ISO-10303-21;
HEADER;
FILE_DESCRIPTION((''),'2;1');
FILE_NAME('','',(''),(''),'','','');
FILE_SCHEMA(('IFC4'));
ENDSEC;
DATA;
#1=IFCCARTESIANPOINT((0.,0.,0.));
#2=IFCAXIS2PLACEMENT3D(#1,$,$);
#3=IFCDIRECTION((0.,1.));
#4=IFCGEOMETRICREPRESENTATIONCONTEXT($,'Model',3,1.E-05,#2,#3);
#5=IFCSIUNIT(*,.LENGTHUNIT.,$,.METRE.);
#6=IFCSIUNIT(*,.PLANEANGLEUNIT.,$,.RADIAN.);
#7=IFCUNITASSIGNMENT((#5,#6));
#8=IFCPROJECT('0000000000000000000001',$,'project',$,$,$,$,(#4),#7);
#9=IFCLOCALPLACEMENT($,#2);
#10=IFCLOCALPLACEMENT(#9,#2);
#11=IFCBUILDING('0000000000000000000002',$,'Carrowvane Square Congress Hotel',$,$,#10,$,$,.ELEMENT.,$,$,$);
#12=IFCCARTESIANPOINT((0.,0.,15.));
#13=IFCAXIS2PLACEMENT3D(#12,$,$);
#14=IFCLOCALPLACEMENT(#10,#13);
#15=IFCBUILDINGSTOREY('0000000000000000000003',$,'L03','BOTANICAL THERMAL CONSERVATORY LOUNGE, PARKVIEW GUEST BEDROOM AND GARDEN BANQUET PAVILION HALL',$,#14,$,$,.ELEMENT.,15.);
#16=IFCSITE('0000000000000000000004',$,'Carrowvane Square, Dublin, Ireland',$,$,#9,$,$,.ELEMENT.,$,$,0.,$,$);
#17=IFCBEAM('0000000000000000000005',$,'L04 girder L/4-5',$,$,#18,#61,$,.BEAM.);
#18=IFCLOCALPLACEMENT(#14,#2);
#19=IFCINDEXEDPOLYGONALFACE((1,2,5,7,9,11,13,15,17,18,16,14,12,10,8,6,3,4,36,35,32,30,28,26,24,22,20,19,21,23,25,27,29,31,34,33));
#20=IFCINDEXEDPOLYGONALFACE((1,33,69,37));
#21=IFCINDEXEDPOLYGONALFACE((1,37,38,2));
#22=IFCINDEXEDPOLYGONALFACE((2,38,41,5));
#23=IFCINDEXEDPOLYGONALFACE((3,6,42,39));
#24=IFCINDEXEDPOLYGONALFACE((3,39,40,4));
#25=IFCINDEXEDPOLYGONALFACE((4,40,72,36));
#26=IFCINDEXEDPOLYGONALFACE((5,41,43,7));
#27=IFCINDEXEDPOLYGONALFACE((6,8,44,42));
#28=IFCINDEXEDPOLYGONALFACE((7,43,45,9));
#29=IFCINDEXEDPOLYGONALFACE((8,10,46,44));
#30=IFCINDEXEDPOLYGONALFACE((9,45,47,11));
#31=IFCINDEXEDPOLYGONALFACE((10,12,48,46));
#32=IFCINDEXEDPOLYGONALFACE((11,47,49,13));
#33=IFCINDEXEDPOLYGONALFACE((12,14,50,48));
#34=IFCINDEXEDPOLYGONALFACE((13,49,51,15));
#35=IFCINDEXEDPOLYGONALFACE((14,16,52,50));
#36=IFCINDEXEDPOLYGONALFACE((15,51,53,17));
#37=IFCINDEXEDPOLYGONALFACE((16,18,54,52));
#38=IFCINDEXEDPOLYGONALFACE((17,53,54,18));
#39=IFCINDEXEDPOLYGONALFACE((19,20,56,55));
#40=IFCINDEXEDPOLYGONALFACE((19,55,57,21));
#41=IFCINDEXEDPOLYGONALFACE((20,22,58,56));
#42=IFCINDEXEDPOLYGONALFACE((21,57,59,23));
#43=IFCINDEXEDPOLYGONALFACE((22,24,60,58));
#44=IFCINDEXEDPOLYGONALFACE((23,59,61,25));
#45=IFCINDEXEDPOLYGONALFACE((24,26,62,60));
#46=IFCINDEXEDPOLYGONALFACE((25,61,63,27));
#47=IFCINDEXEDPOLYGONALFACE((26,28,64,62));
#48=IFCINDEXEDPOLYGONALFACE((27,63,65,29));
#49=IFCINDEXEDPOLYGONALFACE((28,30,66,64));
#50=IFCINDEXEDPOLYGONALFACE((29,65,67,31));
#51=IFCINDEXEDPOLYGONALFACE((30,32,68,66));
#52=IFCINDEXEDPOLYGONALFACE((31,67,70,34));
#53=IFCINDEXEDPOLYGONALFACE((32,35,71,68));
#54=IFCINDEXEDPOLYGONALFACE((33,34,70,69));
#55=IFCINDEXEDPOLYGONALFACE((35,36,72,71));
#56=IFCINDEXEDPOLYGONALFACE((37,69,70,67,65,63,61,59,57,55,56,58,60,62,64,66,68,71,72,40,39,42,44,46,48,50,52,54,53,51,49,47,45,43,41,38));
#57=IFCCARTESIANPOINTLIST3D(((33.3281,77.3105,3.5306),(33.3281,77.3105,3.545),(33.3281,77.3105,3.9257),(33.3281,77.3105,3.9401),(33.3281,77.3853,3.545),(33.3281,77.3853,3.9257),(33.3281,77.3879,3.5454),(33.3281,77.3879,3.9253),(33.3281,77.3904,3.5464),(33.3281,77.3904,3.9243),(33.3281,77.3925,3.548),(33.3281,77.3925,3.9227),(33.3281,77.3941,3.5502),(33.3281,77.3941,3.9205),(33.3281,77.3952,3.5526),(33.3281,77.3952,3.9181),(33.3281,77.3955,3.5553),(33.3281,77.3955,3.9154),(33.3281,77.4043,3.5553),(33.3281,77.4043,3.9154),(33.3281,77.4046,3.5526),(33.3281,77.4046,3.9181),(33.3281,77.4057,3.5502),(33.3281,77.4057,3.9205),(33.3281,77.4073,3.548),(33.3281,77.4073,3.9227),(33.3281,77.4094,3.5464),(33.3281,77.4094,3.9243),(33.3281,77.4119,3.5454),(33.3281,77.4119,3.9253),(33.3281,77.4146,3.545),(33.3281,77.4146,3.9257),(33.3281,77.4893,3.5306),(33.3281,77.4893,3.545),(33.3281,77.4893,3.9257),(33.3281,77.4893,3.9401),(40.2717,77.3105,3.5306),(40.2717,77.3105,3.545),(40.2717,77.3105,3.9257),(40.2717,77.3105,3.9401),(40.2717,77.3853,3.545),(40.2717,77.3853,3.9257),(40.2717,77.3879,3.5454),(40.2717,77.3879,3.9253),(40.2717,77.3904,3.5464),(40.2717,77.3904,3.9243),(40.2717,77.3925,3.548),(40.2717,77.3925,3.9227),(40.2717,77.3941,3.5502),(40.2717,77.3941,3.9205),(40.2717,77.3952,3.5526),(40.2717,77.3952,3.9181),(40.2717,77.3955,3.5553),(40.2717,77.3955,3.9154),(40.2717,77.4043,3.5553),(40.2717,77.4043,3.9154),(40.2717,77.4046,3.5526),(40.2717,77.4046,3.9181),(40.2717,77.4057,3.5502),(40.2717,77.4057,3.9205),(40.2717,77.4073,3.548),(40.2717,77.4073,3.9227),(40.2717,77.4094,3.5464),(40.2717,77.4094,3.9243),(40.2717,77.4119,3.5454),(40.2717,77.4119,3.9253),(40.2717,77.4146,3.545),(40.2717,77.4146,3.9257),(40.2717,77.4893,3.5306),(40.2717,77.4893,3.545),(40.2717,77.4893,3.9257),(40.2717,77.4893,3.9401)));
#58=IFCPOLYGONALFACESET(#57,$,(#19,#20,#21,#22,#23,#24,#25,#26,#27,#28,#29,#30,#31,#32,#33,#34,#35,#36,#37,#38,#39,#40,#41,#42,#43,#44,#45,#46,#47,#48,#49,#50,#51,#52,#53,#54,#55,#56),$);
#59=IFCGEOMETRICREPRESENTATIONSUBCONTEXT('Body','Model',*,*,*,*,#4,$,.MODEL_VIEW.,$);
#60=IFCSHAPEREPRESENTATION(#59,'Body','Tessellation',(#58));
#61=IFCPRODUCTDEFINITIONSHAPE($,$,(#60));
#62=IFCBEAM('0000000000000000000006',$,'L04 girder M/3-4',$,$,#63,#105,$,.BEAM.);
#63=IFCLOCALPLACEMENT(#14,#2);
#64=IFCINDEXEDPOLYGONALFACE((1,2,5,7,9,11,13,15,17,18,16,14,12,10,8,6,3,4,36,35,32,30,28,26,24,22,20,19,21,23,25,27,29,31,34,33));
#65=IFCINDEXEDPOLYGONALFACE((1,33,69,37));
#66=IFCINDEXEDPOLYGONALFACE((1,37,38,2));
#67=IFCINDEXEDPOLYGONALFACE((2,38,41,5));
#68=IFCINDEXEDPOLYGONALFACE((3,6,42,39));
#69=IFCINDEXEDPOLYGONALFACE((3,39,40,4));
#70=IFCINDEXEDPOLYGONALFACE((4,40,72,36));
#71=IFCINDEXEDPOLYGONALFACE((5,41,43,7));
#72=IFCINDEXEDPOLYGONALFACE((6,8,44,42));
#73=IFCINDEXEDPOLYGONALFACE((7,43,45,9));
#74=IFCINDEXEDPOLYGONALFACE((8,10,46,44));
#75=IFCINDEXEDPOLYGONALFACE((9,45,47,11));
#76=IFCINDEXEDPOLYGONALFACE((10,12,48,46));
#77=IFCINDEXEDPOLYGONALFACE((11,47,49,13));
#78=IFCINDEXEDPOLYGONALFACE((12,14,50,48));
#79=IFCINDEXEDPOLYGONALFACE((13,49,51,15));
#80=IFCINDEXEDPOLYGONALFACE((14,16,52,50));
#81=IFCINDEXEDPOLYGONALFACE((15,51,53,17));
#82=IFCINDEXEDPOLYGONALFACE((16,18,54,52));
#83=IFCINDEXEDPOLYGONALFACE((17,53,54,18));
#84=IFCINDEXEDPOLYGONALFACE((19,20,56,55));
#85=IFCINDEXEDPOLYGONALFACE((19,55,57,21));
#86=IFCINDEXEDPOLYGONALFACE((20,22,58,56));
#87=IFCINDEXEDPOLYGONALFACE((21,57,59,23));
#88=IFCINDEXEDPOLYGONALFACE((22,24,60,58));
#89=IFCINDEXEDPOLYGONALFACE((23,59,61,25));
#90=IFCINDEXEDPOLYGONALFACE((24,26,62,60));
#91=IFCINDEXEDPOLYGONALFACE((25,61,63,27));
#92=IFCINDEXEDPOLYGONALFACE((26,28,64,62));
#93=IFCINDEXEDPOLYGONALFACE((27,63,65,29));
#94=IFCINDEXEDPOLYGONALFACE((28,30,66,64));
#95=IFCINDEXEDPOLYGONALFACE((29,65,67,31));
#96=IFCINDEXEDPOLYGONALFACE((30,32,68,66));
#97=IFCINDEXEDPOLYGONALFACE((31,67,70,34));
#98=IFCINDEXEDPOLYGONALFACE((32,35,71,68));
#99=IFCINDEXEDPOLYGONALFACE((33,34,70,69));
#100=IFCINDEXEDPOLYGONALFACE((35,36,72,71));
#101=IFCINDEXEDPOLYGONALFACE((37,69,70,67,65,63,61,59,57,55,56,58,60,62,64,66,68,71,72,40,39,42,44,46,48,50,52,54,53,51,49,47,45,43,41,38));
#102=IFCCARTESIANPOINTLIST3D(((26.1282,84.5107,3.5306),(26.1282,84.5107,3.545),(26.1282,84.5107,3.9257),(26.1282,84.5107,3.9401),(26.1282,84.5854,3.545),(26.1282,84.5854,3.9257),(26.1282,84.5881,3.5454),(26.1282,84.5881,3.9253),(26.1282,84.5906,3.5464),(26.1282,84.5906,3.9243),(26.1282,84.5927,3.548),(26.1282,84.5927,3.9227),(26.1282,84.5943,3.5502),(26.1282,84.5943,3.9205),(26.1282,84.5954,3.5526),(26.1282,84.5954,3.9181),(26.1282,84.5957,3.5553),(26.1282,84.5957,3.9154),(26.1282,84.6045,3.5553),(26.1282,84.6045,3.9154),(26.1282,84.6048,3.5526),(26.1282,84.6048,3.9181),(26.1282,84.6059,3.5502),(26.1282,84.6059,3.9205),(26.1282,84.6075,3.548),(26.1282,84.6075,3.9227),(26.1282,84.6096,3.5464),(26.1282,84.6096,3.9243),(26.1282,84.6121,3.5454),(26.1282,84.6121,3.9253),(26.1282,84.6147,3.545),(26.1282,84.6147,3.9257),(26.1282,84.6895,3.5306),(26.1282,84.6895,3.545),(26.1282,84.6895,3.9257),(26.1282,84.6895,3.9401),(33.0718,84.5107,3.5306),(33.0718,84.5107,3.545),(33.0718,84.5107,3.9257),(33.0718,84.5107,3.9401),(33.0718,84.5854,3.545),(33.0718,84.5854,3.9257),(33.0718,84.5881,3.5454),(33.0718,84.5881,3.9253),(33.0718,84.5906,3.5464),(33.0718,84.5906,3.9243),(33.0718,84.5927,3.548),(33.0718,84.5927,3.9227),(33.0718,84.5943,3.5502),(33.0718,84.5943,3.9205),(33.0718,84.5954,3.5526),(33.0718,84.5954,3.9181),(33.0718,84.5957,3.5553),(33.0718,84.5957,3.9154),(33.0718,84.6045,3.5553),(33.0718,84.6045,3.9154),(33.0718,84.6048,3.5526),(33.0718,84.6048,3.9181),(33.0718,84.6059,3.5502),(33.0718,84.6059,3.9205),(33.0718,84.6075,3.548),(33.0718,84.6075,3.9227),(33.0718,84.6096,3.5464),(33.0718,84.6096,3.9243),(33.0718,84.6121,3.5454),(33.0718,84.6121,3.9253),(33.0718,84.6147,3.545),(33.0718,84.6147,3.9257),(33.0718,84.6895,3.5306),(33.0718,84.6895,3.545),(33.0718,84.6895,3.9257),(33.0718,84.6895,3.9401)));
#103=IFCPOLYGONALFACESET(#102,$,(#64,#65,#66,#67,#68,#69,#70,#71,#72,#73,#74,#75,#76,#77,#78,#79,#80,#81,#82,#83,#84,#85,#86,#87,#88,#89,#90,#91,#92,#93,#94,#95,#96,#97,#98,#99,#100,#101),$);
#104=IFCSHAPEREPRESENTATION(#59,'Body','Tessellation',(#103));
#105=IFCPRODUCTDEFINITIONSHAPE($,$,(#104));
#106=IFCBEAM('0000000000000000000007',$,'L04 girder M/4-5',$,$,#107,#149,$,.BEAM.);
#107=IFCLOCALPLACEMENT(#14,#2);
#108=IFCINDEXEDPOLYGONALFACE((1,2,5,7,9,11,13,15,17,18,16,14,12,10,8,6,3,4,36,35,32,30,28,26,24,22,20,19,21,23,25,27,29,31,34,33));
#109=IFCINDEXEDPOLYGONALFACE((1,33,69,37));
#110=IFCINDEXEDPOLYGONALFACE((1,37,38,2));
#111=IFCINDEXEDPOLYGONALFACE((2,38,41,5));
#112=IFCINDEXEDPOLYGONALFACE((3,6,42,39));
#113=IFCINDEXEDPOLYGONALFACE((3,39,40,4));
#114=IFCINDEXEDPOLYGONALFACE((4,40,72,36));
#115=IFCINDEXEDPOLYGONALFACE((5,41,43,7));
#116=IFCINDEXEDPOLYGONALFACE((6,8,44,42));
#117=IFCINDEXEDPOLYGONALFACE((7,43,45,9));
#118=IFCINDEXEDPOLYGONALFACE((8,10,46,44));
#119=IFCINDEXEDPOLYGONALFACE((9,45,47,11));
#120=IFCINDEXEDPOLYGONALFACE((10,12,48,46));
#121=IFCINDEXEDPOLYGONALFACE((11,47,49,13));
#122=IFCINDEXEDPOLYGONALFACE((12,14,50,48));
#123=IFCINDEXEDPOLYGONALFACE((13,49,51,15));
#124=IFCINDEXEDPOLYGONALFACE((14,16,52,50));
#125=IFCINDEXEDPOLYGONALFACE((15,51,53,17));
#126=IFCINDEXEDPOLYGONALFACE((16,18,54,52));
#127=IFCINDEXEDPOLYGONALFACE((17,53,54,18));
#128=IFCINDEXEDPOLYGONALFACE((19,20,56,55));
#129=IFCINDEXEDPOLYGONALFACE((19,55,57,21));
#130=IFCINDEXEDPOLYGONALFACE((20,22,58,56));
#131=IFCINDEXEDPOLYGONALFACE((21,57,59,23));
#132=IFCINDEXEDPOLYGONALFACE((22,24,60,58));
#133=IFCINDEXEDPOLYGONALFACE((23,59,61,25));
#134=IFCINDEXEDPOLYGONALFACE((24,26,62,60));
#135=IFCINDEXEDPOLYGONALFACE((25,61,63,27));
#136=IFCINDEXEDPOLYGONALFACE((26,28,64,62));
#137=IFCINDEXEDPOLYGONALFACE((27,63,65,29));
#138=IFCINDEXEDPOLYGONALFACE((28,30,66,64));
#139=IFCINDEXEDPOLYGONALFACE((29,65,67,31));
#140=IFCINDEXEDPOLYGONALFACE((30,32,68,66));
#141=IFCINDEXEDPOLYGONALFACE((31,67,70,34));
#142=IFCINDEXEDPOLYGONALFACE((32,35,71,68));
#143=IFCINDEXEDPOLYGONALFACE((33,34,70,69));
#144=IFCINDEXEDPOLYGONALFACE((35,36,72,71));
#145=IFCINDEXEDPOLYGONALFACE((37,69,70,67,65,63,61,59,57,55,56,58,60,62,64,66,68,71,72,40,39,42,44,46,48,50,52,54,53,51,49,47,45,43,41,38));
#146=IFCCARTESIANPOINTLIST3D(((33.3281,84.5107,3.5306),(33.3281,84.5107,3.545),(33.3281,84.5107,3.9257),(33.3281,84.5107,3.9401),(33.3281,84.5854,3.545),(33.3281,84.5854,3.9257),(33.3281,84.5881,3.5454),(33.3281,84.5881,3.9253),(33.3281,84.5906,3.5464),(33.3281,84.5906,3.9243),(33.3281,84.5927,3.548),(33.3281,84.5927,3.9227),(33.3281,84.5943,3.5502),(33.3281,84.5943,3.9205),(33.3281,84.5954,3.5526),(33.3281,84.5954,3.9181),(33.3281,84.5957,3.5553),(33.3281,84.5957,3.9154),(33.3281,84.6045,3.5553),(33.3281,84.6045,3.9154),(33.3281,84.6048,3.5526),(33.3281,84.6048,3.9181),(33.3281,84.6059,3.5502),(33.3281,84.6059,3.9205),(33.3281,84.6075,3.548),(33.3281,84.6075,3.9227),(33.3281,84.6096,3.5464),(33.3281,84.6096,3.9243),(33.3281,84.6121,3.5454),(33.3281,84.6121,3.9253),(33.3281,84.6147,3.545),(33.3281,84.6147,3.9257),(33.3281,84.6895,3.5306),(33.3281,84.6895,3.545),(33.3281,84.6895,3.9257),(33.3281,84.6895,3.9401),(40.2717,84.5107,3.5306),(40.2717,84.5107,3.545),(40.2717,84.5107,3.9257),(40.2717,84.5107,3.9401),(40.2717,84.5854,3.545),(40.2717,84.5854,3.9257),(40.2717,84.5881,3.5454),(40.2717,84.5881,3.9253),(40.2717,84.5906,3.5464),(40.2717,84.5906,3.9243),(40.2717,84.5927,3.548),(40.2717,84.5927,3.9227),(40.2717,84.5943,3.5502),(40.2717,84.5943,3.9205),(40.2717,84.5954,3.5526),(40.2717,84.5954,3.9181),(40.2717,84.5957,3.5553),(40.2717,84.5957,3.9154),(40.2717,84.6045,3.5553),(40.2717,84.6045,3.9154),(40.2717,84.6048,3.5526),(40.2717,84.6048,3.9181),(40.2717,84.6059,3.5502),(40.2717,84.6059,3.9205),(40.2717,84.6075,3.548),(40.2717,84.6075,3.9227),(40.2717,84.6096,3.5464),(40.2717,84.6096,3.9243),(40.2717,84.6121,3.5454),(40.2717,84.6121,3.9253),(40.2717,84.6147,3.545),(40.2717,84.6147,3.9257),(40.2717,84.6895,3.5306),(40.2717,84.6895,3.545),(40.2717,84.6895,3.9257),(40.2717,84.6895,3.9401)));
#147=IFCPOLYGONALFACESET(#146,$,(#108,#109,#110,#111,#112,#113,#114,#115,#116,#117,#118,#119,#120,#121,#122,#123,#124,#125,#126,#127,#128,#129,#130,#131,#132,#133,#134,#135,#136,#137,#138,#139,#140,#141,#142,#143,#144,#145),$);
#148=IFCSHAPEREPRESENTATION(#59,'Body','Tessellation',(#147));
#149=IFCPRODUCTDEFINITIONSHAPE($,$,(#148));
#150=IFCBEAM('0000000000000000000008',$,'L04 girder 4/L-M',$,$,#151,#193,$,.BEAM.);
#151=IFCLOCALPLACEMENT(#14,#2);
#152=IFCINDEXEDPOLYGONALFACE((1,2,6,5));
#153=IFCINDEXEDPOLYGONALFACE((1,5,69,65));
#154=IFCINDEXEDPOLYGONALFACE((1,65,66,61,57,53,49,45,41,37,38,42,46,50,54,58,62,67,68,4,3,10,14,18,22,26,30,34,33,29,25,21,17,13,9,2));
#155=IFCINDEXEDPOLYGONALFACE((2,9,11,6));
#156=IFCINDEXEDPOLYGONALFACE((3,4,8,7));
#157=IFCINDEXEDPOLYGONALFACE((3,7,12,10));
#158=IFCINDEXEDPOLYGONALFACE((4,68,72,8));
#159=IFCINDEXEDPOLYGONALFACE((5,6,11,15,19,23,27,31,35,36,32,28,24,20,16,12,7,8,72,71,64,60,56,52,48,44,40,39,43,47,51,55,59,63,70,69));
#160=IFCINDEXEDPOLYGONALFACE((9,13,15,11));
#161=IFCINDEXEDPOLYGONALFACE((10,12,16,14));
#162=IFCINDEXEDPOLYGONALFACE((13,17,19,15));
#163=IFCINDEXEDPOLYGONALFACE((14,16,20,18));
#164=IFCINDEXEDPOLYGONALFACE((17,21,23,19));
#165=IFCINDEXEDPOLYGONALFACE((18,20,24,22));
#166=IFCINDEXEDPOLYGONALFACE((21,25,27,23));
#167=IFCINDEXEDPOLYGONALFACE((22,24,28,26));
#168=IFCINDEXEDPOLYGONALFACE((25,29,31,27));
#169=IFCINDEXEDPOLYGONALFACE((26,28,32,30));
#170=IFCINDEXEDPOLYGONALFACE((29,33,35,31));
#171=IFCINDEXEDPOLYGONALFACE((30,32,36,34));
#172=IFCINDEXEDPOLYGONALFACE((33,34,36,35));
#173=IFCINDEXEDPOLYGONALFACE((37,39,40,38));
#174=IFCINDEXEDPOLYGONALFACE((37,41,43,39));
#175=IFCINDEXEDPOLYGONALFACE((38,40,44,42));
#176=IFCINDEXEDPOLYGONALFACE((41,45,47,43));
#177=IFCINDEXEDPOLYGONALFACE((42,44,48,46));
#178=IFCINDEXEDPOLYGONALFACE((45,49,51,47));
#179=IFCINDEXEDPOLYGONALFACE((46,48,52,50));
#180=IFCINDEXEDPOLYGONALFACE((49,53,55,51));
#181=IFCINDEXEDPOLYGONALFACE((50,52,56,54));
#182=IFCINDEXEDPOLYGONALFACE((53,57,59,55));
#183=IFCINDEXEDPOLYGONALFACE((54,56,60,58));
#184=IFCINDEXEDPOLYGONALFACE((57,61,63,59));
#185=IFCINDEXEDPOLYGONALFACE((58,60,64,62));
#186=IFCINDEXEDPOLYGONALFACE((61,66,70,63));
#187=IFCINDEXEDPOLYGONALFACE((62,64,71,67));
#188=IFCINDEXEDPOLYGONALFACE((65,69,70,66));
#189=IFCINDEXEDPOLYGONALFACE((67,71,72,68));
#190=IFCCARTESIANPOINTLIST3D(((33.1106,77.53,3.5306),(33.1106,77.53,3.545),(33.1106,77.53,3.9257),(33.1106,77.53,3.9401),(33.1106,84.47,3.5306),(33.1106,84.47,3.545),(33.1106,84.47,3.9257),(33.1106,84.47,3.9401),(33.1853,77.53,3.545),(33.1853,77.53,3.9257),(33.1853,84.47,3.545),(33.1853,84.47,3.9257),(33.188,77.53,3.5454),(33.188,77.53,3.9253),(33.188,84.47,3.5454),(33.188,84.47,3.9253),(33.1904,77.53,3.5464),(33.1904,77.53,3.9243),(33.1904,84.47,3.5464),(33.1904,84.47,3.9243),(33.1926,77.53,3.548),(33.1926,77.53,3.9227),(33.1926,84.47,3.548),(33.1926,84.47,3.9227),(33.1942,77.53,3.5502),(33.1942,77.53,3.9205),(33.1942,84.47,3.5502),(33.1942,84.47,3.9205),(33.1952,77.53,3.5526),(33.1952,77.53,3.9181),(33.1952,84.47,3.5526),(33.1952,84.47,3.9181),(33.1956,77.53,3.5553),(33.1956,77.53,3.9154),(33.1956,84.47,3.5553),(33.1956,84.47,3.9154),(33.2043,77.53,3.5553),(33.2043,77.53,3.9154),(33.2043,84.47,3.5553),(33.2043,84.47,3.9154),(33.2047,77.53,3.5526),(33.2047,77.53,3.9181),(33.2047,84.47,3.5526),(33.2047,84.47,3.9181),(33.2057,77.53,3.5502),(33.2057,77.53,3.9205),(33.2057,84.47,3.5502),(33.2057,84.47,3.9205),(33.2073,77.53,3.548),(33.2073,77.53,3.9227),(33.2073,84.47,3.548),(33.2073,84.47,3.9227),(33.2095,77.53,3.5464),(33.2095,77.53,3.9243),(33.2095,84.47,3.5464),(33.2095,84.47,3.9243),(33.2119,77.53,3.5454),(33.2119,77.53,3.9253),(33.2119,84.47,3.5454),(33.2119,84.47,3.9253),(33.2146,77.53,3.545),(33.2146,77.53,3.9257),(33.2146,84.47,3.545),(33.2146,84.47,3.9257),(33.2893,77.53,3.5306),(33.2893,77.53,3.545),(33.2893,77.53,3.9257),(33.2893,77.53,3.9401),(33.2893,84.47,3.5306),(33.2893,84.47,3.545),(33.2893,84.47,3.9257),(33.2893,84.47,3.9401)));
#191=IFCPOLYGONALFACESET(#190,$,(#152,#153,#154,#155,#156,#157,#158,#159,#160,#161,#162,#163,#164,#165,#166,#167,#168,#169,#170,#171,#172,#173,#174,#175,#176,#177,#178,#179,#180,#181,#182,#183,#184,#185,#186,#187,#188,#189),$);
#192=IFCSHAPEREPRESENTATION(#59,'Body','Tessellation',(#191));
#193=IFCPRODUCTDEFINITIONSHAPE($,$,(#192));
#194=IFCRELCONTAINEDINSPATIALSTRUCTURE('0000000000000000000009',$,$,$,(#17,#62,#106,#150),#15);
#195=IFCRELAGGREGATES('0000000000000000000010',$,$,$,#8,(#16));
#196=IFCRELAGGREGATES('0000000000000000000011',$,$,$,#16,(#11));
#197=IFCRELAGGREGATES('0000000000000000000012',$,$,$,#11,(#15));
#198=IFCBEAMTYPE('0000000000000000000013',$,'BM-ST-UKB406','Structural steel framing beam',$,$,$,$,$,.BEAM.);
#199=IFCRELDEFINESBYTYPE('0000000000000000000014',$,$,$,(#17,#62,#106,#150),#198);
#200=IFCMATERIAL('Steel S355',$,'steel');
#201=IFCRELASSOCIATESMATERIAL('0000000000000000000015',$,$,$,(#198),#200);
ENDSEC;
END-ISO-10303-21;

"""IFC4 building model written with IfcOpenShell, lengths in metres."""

from ifc_helpers import new_model, si_unit, direction, frame, origin, origin_2d, place, context, subcontext, project, spatial, i_section, extrude, material, material_profile, profile_set, type_object, element, save


model = new_model("IFC4")

# Units and contexts
model_context = context("Model", 3, precision=1e-05, world=origin(), true_north=direction((0.0, 1.0)))
body_context = subcontext(model_context, "Body", "Model", "MODEL_VIEW")
ifc_project = project(units=[si_unit("LENGTHUNIT", "METRE"), si_unit("PLANEANGLEUNIT", "RADIAN")], contexts=[model_context])

# Site, building, storey
site_placement = place(None, origin())
site = spatial("IfcSite", under=ifc_project, at=site_placement, Name="Carrowvane Square, Dublin, Ireland", CompositionType="ELEMENT", RefElevation=0.0)
building_placement = place(site_placement, origin())
building = spatial("IfcBuilding", under=site, at=building_placement, Name="Carrowvane Square Congress Hotel", CompositionType="ELEMENT")
storey_placement = place(building_placement, frame((0.0, 0.0, 15.0)))
storey = spatial("IfcBuildingStorey", under=building, at=storey_placement, Name="L03", Description="BOTANICAL THERMAL CONSERVATORY LOUNGE, PARKVIEW GUEST BEDROOM AND GARDEN BANQUET PAVILION HALL", CompositionType="ELEMENT", Elevation=15.0)

# Beams
ifc_material_1 = material(Name="Steel S355", Category="steel")
ifc_material_profile_1 = material_profile(ifc_material_1, i_section(OverallWidth=0.1787, OverallDepth=0.4094, WebThickness=0.0088, FlangeThickness=0.0144, FilletRadius=0.0103, at=origin_2d()), Name="UKB 406x178x67")
ifc_profile_set_1 = profile_set([ifc_material_profile_1], Name="Steel S355")
beam_type_1 = type_object("IfcBeamType", Name="BM-ST-UKB406", Description="Structural steel framing beam", PredefinedType="BEAM", material=ifc_profile_set_1)
for number, where, z_axis, x_axis, name in (
    (1, (33.3281, 77.3999, 3.7354), (1.0, 0.0, 0.0), (0.0, 1.0, 0.0), "L04 girder L/4-5"),
    (2, (26.1282, 84.6001, 3.7354), (1.0, 0.0, 0.0), (0.0, 1.0, 0.0), "L04 girder M/3-4"),
    (3, (33.3281, 84.6001, 3.7354), (1.0, 0.0, 0.0), (0.0, 1.0, 0.0), "L04 girder M/4-5"),
):
    element("IfcBeam", number, at=place(storey_placement, frame(where, z_axis=z_axis, x_axis=x_axis)), inside=storey, type_object=beam_type_1, Name=name, PredefinedType="BEAM", context=body_context, shape_type="SweptSolid", body=[
        extrude(i_section(OverallWidth=0.1787, OverallDepth=0.4094, WebThickness=0.0088, FlangeThickness=0.0144, FilletRadius=0.0103, at=origin_2d()), origin(), (0.0, 0.0, 1.0), 6.9436),
    ])
for number, where, z_axis, x_axis, name in (
    (4, (33.2, 77.53, 3.7354), (0.0, 1.0, 0.0), (-1.0, 0.0, 0.0), "L04 girder 4/L-M"),
):
    element("IfcBeam", number, at=place(storey_placement, frame(where, z_axis=z_axis, x_axis=x_axis)), inside=storey, type_object=beam_type_1, Name=name, PredefinedType="BEAM", context=body_context, shape_type="SweptSolid", body=[
        extrude(i_section(OverallWidth=0.1787, OverallDepth=0.4094, WebThickness=0.0088, FlangeThickness=0.0144, FilletRadius=0.0103, at=origin_2d()), origin(), (0.0, 0.0, 1.0), 6.9399),
    ])

save(model, "model.ifc")
